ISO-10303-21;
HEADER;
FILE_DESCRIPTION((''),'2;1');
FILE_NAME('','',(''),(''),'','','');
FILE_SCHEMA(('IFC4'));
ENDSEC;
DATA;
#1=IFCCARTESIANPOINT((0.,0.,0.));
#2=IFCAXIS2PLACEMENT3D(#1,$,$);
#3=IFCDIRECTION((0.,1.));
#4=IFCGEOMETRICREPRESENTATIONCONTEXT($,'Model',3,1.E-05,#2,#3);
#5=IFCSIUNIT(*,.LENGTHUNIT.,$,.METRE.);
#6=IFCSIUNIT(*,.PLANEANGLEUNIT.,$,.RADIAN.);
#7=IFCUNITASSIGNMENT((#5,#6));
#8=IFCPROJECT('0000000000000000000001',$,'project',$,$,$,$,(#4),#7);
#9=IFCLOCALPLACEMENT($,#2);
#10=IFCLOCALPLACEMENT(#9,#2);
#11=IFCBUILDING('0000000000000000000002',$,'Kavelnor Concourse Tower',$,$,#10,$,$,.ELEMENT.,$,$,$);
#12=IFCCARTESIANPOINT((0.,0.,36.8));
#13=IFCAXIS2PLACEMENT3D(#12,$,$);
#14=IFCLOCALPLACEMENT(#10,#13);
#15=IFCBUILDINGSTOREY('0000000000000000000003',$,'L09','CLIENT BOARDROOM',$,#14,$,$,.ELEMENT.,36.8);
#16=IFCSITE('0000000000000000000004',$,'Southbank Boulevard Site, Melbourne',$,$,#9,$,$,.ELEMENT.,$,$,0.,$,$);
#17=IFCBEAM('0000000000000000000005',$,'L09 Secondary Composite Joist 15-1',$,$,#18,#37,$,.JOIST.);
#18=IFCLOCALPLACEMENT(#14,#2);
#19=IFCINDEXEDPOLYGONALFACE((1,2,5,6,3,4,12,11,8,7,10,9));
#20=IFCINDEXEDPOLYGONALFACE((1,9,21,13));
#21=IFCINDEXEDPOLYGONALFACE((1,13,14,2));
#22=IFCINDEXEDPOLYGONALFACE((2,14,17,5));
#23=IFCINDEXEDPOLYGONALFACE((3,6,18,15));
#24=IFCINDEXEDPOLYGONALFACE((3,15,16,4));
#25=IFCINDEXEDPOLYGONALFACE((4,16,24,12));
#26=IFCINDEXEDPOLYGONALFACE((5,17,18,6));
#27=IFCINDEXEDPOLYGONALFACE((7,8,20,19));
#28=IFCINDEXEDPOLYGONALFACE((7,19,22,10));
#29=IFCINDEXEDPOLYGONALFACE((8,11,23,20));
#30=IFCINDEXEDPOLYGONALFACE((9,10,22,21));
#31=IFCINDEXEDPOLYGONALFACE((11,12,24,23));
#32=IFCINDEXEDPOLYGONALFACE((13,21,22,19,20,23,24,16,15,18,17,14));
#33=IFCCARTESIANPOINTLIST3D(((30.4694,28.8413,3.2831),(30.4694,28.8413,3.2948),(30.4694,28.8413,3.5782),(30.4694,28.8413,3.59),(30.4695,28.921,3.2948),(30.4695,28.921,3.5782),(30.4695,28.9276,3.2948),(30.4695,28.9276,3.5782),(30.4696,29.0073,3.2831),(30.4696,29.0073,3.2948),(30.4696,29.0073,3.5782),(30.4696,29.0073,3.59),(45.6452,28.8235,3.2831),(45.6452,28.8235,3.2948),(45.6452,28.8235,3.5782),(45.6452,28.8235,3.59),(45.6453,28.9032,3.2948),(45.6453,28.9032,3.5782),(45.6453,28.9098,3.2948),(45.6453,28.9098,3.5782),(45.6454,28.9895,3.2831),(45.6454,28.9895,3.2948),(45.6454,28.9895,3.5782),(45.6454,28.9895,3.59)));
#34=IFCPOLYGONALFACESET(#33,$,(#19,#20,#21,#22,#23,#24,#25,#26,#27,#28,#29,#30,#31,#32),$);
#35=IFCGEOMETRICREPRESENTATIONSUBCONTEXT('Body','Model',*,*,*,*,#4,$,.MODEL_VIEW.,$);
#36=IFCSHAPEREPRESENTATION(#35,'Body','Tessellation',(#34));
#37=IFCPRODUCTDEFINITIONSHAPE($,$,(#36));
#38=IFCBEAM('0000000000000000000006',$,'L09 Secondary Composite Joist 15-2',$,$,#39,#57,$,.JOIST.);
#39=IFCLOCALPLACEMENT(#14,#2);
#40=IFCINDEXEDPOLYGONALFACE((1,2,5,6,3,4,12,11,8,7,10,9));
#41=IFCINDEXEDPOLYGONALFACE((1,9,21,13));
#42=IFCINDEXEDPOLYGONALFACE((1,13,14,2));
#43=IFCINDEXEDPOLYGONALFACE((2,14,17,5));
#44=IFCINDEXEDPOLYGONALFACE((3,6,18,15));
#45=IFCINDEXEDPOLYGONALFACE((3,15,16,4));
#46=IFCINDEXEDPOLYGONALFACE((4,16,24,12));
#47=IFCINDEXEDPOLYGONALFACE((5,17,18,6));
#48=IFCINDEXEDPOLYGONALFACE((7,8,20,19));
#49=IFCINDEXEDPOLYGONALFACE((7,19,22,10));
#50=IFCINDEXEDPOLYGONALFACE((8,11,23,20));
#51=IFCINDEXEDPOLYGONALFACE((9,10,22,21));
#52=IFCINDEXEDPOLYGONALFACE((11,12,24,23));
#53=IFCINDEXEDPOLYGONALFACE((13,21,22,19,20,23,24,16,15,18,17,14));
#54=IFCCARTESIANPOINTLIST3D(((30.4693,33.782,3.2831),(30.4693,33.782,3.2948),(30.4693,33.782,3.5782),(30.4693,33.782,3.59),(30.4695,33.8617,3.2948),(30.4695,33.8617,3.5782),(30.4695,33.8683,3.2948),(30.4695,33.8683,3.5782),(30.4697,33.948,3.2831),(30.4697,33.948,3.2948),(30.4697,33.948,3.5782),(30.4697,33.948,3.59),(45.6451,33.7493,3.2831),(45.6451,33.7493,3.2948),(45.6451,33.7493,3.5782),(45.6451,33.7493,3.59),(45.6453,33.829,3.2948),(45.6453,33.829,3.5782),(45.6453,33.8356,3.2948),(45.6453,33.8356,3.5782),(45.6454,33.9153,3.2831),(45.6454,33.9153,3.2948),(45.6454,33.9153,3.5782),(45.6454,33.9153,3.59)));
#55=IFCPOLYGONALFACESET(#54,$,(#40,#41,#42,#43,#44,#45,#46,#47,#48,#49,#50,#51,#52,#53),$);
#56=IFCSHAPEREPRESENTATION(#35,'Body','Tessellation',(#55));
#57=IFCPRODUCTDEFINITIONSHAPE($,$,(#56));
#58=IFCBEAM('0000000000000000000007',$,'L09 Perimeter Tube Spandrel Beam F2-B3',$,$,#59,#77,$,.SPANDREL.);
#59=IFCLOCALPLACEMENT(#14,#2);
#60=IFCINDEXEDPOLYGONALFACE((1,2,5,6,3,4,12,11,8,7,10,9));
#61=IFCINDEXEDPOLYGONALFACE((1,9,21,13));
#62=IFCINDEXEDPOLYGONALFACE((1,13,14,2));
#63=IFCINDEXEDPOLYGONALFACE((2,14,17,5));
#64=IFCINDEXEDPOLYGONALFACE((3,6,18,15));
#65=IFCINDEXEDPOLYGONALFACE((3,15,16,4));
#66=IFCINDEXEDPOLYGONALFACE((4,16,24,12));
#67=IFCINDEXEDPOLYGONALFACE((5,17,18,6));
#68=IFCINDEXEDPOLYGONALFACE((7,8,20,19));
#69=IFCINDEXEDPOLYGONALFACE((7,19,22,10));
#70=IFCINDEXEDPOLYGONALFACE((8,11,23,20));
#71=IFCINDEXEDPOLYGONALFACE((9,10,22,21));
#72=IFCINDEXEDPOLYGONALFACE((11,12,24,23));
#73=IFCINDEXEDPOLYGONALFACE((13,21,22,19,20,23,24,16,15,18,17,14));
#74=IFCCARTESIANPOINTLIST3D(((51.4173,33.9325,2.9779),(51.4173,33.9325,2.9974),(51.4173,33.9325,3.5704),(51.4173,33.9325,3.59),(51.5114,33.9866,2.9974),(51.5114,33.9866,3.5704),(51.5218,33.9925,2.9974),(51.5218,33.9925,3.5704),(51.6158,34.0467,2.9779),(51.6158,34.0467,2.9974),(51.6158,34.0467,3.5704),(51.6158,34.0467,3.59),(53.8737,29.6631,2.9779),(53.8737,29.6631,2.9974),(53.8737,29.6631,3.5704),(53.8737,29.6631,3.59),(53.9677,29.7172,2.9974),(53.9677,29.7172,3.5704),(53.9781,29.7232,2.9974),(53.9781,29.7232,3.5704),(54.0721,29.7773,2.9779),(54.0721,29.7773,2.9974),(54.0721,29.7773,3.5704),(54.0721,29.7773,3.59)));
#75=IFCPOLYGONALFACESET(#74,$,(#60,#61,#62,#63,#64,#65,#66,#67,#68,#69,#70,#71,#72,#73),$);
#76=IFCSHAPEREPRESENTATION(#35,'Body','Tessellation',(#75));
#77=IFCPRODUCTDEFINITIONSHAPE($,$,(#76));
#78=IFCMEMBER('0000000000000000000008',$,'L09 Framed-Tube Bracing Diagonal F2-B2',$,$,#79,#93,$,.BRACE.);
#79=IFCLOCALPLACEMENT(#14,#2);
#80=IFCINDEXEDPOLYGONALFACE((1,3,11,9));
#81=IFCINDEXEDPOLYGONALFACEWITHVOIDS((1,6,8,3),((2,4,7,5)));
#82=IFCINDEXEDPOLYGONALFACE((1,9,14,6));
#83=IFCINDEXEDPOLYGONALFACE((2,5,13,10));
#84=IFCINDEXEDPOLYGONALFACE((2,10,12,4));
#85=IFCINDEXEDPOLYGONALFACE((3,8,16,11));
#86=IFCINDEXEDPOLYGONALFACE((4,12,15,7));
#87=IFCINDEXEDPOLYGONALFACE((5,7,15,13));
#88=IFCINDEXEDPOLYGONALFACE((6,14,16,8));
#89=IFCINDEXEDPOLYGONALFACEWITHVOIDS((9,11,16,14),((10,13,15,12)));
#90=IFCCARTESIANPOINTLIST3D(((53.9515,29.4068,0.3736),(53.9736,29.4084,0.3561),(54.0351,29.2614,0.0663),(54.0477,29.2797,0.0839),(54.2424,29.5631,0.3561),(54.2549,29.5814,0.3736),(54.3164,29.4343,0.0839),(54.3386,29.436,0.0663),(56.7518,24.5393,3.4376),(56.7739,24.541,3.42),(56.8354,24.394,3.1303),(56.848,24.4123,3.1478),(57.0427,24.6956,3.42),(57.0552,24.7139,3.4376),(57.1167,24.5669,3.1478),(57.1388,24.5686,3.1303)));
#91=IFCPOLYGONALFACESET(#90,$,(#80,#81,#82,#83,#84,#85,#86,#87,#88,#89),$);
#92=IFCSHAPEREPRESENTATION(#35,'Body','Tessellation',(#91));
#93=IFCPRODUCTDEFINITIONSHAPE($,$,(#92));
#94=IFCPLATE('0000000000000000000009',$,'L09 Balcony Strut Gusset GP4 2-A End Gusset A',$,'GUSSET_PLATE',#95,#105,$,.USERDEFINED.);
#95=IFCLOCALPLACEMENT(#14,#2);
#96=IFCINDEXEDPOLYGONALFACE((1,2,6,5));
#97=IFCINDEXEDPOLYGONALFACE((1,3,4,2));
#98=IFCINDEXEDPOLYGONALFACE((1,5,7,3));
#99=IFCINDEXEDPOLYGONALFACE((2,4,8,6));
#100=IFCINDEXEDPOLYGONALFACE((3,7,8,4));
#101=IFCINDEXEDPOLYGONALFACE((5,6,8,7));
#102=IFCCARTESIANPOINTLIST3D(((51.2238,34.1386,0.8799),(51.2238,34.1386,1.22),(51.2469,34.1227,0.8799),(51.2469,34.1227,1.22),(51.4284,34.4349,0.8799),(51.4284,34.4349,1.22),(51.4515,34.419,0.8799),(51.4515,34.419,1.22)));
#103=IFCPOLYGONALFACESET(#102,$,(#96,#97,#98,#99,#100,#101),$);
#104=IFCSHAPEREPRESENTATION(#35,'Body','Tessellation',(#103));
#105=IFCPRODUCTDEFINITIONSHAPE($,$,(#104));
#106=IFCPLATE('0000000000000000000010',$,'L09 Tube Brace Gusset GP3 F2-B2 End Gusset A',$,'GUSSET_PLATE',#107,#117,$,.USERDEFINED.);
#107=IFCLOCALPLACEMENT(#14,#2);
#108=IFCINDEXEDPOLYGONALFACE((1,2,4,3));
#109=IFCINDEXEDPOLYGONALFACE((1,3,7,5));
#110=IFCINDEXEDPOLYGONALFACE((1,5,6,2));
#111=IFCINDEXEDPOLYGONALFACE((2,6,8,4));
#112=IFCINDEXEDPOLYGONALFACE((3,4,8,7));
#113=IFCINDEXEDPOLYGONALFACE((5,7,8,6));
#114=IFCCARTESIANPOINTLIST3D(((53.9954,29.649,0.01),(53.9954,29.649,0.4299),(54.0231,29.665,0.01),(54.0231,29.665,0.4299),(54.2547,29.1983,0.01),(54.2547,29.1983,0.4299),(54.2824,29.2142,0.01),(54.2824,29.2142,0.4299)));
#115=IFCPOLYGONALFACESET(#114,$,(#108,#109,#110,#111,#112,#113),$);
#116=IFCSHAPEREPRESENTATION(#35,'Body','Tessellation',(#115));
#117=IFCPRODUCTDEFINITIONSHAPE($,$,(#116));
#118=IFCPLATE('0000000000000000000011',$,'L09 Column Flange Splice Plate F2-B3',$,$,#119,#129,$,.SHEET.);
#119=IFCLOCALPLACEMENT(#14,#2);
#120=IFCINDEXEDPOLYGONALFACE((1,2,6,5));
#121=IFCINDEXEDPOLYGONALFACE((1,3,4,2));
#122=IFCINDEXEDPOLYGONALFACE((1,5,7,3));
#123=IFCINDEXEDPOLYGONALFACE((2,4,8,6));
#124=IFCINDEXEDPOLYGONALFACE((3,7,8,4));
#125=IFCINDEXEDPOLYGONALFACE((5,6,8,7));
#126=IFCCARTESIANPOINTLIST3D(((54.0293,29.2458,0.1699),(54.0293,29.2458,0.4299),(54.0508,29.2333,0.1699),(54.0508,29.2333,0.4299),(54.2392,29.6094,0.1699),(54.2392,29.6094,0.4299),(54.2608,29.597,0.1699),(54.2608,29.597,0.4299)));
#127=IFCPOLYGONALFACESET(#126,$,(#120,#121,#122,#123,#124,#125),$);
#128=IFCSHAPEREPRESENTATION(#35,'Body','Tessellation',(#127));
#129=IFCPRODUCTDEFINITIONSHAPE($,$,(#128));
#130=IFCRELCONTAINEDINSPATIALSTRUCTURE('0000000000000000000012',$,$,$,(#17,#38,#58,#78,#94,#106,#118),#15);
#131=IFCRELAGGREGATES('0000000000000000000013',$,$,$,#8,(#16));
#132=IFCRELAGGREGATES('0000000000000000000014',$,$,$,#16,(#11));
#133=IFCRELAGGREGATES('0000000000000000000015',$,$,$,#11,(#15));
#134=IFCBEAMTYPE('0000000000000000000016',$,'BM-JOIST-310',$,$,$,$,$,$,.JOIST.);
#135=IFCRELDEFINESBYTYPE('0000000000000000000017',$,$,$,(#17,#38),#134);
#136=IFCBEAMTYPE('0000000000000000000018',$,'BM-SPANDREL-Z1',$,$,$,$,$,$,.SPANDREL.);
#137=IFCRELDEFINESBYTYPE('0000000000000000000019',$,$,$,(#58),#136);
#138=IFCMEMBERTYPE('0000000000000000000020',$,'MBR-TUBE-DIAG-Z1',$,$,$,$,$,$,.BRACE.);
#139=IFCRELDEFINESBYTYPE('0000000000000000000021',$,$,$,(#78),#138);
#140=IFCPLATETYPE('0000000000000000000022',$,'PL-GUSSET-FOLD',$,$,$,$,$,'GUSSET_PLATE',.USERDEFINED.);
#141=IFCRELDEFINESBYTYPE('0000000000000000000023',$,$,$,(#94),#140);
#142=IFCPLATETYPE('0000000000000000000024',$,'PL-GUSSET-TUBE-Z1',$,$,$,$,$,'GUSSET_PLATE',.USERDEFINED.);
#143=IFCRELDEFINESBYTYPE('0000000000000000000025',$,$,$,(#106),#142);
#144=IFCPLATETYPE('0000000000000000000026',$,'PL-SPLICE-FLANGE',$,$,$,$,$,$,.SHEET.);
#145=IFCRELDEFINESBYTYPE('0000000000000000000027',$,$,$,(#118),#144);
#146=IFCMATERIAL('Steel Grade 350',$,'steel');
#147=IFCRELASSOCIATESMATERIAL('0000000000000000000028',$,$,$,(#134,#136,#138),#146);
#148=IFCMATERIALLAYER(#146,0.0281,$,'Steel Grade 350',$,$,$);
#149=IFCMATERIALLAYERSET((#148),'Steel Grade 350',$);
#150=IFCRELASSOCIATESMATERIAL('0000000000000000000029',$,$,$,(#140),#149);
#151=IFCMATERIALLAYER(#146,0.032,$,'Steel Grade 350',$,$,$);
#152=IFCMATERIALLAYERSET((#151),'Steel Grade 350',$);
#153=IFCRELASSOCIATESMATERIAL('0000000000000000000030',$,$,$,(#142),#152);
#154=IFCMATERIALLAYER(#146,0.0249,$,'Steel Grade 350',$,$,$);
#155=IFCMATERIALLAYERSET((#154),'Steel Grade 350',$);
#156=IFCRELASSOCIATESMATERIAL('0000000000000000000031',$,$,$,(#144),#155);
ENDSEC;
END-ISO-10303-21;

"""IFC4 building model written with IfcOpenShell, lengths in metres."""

from ifc_helpers import new_model, si_unit, direction, frame, origin, origin_2d, place, context, subcontext, project, spatial, rectangle, hollow_rectangle, i_section, extrude, material, layer, layer_set, material_profile, profile_set, type_object, element, save


model = new_model("IFC4")

# Units and contexts
model_context = context("Model", 3, precision=1e-05, world=origin(), true_north=direction((0.0, 1.0)))
body_context = subcontext(model_context, "Body", "Model", "MODEL_VIEW")
ifc_project = project(units=[si_unit("LENGTHUNIT", "METRE"), si_unit("PLANEANGLEUNIT", "RADIAN")], contexts=[model_context])

# Site, building, storey
site_placement = place(None, origin())
site = spatial("IfcSite", under=ifc_project, at=site_placement, Name="Southbank Boulevard Site, Melbourne", CompositionType="ELEMENT", RefElevation=0.0)
building_placement = place(site_placement, origin())
building = spatial("IfcBuilding", under=site, at=building_placement, Name="Kavelnor Concourse Tower", CompositionType="ELEMENT")
storey_placement = place(building_placement, frame((0.0, 0.0, 36.8)))
storey = spatial("IfcBuildingStorey", under=building, at=storey_placement, Name="L09", Description="CLIENT BOARDROOM", CompositionType="ELEMENT", Elevation=36.8)

# Shared definitions
ifc_material = material(Name="Steel Grade 350", Category="steel")

# Beams
ifc_material_profile_1 = material_profile(ifc_material, i_section(OverallWidth=0.166, OverallDepth=0.3069, WebThickness=0.0066, FlangeThickness=0.0117, at=origin_2d()), Name="310UB46")
ifc_profile_set_1 = profile_set([ifc_material_profile_1], Name="Steel Grade 350")
beam_type_1 = type_object("IfcBeamType", Name="BM-JOIST-310", PredefinedType="JOIST", material=ifc_profile_set_1)
for number, where, z_axis, x_axis, name in (
    (1, (45.6453, 28.9065, 3.4365), (-0.999999, 0.001174, 0.0), (-0.001174, -0.999999, 0.0), "L09 Secondary Composite Joist 15-1"),
    (2, (45.6453, 33.8323, 3.4365), (-0.999998, 0.002156, 0.0), (-0.002156, -0.999998, 0.0), "L09 Secondary Composite Joist 15-2"),
):
    element("IfcBeam", number, at=place(storey_placement, frame(where, z_axis=z_axis, x_axis=x_axis)), inside=storey, type_object=beam_type_1, Name=name, PredefinedType="JOIST", context=body_context, shape_type="SweptSolid", body=[
        extrude(i_section(OverallWidth=0.166, OverallDepth=0.3069, WebThickness=0.0066, FlangeThickness=0.0117, at=origin_2d()), origin(), (0.0, 0.0, 1.0), 15.1758),
    ])
ifc_material_profile_2 = material_profile(ifc_material, i_section(OverallWidth=0.229, OverallDepth=0.6121, WebThickness=0.012, FlangeThickness=0.0195, at=origin_2d()), Name="610UB125")
ifc_profile_set_2 = profile_set([ifc_material_profile_2], Name="Steel Grade 350")
beam_type_2 = type_object("IfcBeamType", Name="BM-SPANDREL-Z1", PredefinedType="SPANDREL", material=ifc_profile_set_2)
beam_1_placement = place(storey_placement, frame((53.9729, 29.7202, 3.2839), z_axis=(-0.498694, 0.866778, 0.0), x_axis=(-0.866778, -0.498694, 0.0)))
element("IfcBeam", 3, at=beam_1_placement, inside=storey, type_object=beam_type_2, Name="L09 Perimeter Tube Spandrel Beam F2-B3", PredefinedType="SPANDREL", context=body_context, shape_type="SweptSolid", body=[
    extrude(i_section(OverallWidth=0.229, OverallDepth=0.6121, WebThickness=0.012, FlangeThickness=0.0195, at=origin_2d()), origin(), (0.0, 0.0, 1.0), 4.9255),
])

# Member
ifc_material_profile_3 = material_profile(ifc_material, hollow_rectangle(XDim=0.3501, YDim=0.3501, WallThickness=0.02, at=origin_2d()), Name="SHS 350x350x20")
ifc_profile_set_3 = profile_set([ifc_material_profile_3], Name="Steel Grade 350")
member_type = type_object("IfcMemberType", Name="MBR-TUBE-DIAG-Z1", PredefinedType="BRACE", material=ifc_profile_set_3)
member_placement = place(storey_placement, frame((54.145, 29.4214, 0.22), z_axis=(0.437752, -0.760895, 0.47897), x_axis=(0.866789, 0.498675, 0.0)))
element("IfcMember", 4, at=member_placement, inside=storey, type_object=member_type, Name="L09 Framed-Tube Bracing Diagonal F2-B2", PredefinedType="BRACE", context=body_context, shape_type="SweptSolid", body=[
    extrude(hollow_rectangle(XDim=0.3501, YDim=0.3501, WallThickness=0.02, at=origin_2d()), origin(), (0.0, 0.0, 1.0), 6.397),
])

# Plates
ifc_layer_1 = layer(ifc_material, 0.0281, Name="Steel Grade 350")
ifc_layer_set_1 = layer_set([ifc_layer_1], Name="Steel Grade 350")
plate_type_1 = type_object("IfcPlateType", Name="PL-GUSSET-FOLD", ElementType="GUSSET_PLATE", PredefinedType="USERDEFINED", material=ifc_layer_set_1)
plate_1_placement = place(storey_placement, frame((51.3376, 34.2788, 0.8799), z_axis=(0.0, 0.0, 1.0), x_axis=(0.568275, 0.822839, 0.0)))
element("IfcPlate", 5, at=plate_1_placement, inside=storey, type_object=plate_type_1, Name="L09 Balcony Strut Gusset GP4 2-A End Gusset A", ObjectType="GUSSET_PLATE", PredefinedType="USERDEFINED", context=body_context, shape_type="SweptSolid", body=[
    extrude(rectangle(XDim=0.3601, YDim=0.0281, at=origin_2d()), origin(), (0.0, 0.0, 1.0), 0.3401),
])
ifc_layer_2 = layer(ifc_material, 0.032, Name="Steel Grade 350")
ifc_layer_set_2 = layer_set([ifc_layer_2], Name="Steel Grade 350")
plate_type_2 = type_object("IfcPlateType", Name="PL-GUSSET-TUBE-Z1", ElementType="GUSSET_PLATE", PredefinedType="USERDEFINED", material=ifc_layer_set_2)
plate_2_placement = place(storey_placement, frame((54.1389, 29.4316, 0.01), z_axis=(0.0, 0.0, 1.0), x_axis=(0.498639, -0.86681, 0.0)))
element("IfcPlate", 6, at=plate_2_placement, inside=storey, type_object=plate_type_2, Name="L09 Tube Brace Gusset GP3 F2-B2 End Gusset A", ObjectType="GUSSET_PLATE", PredefinedType="USERDEFINED", context=body_context, shape_type="SweptSolid", body=[
    extrude(rectangle(XDim=0.52, YDim=0.032, at=origin_2d()), origin(), (0.0, 0.0, 1.0), 0.4199),
])
ifc_layer_3 = layer(ifc_material, 0.0249, Name="Steel Grade 350")
ifc_layer_set_3 = layer_set([ifc_layer_3], Name="Steel Grade 350")
plate_type_3 = type_object("IfcPlateType", Name="PL-SPLICE-FLANGE", PredefinedType="SHEET", material=ifc_layer_set_3)
plate_3_placement = place(storey_placement, frame((54.145, 29.4214, 0.1699), z_axis=(0.0, 0.0, 1.0), x_axis=(-0.5, -0.866025, 0.0)))
element("IfcPlate", 7, at=plate_3_placement, inside=storey, type_object=plate_type_3, Name="L09 Column Flange Splice Plate F2-B3", PredefinedType="SHEET", context=body_context, shape_type="SweptSolid", body=[
    extrude(rectangle(XDim=0.4199, YDim=0.0249, at=origin_2d()), origin(), (0.0, 0.0, 1.0), 0.26),
])

save(model, "model.ifc")
